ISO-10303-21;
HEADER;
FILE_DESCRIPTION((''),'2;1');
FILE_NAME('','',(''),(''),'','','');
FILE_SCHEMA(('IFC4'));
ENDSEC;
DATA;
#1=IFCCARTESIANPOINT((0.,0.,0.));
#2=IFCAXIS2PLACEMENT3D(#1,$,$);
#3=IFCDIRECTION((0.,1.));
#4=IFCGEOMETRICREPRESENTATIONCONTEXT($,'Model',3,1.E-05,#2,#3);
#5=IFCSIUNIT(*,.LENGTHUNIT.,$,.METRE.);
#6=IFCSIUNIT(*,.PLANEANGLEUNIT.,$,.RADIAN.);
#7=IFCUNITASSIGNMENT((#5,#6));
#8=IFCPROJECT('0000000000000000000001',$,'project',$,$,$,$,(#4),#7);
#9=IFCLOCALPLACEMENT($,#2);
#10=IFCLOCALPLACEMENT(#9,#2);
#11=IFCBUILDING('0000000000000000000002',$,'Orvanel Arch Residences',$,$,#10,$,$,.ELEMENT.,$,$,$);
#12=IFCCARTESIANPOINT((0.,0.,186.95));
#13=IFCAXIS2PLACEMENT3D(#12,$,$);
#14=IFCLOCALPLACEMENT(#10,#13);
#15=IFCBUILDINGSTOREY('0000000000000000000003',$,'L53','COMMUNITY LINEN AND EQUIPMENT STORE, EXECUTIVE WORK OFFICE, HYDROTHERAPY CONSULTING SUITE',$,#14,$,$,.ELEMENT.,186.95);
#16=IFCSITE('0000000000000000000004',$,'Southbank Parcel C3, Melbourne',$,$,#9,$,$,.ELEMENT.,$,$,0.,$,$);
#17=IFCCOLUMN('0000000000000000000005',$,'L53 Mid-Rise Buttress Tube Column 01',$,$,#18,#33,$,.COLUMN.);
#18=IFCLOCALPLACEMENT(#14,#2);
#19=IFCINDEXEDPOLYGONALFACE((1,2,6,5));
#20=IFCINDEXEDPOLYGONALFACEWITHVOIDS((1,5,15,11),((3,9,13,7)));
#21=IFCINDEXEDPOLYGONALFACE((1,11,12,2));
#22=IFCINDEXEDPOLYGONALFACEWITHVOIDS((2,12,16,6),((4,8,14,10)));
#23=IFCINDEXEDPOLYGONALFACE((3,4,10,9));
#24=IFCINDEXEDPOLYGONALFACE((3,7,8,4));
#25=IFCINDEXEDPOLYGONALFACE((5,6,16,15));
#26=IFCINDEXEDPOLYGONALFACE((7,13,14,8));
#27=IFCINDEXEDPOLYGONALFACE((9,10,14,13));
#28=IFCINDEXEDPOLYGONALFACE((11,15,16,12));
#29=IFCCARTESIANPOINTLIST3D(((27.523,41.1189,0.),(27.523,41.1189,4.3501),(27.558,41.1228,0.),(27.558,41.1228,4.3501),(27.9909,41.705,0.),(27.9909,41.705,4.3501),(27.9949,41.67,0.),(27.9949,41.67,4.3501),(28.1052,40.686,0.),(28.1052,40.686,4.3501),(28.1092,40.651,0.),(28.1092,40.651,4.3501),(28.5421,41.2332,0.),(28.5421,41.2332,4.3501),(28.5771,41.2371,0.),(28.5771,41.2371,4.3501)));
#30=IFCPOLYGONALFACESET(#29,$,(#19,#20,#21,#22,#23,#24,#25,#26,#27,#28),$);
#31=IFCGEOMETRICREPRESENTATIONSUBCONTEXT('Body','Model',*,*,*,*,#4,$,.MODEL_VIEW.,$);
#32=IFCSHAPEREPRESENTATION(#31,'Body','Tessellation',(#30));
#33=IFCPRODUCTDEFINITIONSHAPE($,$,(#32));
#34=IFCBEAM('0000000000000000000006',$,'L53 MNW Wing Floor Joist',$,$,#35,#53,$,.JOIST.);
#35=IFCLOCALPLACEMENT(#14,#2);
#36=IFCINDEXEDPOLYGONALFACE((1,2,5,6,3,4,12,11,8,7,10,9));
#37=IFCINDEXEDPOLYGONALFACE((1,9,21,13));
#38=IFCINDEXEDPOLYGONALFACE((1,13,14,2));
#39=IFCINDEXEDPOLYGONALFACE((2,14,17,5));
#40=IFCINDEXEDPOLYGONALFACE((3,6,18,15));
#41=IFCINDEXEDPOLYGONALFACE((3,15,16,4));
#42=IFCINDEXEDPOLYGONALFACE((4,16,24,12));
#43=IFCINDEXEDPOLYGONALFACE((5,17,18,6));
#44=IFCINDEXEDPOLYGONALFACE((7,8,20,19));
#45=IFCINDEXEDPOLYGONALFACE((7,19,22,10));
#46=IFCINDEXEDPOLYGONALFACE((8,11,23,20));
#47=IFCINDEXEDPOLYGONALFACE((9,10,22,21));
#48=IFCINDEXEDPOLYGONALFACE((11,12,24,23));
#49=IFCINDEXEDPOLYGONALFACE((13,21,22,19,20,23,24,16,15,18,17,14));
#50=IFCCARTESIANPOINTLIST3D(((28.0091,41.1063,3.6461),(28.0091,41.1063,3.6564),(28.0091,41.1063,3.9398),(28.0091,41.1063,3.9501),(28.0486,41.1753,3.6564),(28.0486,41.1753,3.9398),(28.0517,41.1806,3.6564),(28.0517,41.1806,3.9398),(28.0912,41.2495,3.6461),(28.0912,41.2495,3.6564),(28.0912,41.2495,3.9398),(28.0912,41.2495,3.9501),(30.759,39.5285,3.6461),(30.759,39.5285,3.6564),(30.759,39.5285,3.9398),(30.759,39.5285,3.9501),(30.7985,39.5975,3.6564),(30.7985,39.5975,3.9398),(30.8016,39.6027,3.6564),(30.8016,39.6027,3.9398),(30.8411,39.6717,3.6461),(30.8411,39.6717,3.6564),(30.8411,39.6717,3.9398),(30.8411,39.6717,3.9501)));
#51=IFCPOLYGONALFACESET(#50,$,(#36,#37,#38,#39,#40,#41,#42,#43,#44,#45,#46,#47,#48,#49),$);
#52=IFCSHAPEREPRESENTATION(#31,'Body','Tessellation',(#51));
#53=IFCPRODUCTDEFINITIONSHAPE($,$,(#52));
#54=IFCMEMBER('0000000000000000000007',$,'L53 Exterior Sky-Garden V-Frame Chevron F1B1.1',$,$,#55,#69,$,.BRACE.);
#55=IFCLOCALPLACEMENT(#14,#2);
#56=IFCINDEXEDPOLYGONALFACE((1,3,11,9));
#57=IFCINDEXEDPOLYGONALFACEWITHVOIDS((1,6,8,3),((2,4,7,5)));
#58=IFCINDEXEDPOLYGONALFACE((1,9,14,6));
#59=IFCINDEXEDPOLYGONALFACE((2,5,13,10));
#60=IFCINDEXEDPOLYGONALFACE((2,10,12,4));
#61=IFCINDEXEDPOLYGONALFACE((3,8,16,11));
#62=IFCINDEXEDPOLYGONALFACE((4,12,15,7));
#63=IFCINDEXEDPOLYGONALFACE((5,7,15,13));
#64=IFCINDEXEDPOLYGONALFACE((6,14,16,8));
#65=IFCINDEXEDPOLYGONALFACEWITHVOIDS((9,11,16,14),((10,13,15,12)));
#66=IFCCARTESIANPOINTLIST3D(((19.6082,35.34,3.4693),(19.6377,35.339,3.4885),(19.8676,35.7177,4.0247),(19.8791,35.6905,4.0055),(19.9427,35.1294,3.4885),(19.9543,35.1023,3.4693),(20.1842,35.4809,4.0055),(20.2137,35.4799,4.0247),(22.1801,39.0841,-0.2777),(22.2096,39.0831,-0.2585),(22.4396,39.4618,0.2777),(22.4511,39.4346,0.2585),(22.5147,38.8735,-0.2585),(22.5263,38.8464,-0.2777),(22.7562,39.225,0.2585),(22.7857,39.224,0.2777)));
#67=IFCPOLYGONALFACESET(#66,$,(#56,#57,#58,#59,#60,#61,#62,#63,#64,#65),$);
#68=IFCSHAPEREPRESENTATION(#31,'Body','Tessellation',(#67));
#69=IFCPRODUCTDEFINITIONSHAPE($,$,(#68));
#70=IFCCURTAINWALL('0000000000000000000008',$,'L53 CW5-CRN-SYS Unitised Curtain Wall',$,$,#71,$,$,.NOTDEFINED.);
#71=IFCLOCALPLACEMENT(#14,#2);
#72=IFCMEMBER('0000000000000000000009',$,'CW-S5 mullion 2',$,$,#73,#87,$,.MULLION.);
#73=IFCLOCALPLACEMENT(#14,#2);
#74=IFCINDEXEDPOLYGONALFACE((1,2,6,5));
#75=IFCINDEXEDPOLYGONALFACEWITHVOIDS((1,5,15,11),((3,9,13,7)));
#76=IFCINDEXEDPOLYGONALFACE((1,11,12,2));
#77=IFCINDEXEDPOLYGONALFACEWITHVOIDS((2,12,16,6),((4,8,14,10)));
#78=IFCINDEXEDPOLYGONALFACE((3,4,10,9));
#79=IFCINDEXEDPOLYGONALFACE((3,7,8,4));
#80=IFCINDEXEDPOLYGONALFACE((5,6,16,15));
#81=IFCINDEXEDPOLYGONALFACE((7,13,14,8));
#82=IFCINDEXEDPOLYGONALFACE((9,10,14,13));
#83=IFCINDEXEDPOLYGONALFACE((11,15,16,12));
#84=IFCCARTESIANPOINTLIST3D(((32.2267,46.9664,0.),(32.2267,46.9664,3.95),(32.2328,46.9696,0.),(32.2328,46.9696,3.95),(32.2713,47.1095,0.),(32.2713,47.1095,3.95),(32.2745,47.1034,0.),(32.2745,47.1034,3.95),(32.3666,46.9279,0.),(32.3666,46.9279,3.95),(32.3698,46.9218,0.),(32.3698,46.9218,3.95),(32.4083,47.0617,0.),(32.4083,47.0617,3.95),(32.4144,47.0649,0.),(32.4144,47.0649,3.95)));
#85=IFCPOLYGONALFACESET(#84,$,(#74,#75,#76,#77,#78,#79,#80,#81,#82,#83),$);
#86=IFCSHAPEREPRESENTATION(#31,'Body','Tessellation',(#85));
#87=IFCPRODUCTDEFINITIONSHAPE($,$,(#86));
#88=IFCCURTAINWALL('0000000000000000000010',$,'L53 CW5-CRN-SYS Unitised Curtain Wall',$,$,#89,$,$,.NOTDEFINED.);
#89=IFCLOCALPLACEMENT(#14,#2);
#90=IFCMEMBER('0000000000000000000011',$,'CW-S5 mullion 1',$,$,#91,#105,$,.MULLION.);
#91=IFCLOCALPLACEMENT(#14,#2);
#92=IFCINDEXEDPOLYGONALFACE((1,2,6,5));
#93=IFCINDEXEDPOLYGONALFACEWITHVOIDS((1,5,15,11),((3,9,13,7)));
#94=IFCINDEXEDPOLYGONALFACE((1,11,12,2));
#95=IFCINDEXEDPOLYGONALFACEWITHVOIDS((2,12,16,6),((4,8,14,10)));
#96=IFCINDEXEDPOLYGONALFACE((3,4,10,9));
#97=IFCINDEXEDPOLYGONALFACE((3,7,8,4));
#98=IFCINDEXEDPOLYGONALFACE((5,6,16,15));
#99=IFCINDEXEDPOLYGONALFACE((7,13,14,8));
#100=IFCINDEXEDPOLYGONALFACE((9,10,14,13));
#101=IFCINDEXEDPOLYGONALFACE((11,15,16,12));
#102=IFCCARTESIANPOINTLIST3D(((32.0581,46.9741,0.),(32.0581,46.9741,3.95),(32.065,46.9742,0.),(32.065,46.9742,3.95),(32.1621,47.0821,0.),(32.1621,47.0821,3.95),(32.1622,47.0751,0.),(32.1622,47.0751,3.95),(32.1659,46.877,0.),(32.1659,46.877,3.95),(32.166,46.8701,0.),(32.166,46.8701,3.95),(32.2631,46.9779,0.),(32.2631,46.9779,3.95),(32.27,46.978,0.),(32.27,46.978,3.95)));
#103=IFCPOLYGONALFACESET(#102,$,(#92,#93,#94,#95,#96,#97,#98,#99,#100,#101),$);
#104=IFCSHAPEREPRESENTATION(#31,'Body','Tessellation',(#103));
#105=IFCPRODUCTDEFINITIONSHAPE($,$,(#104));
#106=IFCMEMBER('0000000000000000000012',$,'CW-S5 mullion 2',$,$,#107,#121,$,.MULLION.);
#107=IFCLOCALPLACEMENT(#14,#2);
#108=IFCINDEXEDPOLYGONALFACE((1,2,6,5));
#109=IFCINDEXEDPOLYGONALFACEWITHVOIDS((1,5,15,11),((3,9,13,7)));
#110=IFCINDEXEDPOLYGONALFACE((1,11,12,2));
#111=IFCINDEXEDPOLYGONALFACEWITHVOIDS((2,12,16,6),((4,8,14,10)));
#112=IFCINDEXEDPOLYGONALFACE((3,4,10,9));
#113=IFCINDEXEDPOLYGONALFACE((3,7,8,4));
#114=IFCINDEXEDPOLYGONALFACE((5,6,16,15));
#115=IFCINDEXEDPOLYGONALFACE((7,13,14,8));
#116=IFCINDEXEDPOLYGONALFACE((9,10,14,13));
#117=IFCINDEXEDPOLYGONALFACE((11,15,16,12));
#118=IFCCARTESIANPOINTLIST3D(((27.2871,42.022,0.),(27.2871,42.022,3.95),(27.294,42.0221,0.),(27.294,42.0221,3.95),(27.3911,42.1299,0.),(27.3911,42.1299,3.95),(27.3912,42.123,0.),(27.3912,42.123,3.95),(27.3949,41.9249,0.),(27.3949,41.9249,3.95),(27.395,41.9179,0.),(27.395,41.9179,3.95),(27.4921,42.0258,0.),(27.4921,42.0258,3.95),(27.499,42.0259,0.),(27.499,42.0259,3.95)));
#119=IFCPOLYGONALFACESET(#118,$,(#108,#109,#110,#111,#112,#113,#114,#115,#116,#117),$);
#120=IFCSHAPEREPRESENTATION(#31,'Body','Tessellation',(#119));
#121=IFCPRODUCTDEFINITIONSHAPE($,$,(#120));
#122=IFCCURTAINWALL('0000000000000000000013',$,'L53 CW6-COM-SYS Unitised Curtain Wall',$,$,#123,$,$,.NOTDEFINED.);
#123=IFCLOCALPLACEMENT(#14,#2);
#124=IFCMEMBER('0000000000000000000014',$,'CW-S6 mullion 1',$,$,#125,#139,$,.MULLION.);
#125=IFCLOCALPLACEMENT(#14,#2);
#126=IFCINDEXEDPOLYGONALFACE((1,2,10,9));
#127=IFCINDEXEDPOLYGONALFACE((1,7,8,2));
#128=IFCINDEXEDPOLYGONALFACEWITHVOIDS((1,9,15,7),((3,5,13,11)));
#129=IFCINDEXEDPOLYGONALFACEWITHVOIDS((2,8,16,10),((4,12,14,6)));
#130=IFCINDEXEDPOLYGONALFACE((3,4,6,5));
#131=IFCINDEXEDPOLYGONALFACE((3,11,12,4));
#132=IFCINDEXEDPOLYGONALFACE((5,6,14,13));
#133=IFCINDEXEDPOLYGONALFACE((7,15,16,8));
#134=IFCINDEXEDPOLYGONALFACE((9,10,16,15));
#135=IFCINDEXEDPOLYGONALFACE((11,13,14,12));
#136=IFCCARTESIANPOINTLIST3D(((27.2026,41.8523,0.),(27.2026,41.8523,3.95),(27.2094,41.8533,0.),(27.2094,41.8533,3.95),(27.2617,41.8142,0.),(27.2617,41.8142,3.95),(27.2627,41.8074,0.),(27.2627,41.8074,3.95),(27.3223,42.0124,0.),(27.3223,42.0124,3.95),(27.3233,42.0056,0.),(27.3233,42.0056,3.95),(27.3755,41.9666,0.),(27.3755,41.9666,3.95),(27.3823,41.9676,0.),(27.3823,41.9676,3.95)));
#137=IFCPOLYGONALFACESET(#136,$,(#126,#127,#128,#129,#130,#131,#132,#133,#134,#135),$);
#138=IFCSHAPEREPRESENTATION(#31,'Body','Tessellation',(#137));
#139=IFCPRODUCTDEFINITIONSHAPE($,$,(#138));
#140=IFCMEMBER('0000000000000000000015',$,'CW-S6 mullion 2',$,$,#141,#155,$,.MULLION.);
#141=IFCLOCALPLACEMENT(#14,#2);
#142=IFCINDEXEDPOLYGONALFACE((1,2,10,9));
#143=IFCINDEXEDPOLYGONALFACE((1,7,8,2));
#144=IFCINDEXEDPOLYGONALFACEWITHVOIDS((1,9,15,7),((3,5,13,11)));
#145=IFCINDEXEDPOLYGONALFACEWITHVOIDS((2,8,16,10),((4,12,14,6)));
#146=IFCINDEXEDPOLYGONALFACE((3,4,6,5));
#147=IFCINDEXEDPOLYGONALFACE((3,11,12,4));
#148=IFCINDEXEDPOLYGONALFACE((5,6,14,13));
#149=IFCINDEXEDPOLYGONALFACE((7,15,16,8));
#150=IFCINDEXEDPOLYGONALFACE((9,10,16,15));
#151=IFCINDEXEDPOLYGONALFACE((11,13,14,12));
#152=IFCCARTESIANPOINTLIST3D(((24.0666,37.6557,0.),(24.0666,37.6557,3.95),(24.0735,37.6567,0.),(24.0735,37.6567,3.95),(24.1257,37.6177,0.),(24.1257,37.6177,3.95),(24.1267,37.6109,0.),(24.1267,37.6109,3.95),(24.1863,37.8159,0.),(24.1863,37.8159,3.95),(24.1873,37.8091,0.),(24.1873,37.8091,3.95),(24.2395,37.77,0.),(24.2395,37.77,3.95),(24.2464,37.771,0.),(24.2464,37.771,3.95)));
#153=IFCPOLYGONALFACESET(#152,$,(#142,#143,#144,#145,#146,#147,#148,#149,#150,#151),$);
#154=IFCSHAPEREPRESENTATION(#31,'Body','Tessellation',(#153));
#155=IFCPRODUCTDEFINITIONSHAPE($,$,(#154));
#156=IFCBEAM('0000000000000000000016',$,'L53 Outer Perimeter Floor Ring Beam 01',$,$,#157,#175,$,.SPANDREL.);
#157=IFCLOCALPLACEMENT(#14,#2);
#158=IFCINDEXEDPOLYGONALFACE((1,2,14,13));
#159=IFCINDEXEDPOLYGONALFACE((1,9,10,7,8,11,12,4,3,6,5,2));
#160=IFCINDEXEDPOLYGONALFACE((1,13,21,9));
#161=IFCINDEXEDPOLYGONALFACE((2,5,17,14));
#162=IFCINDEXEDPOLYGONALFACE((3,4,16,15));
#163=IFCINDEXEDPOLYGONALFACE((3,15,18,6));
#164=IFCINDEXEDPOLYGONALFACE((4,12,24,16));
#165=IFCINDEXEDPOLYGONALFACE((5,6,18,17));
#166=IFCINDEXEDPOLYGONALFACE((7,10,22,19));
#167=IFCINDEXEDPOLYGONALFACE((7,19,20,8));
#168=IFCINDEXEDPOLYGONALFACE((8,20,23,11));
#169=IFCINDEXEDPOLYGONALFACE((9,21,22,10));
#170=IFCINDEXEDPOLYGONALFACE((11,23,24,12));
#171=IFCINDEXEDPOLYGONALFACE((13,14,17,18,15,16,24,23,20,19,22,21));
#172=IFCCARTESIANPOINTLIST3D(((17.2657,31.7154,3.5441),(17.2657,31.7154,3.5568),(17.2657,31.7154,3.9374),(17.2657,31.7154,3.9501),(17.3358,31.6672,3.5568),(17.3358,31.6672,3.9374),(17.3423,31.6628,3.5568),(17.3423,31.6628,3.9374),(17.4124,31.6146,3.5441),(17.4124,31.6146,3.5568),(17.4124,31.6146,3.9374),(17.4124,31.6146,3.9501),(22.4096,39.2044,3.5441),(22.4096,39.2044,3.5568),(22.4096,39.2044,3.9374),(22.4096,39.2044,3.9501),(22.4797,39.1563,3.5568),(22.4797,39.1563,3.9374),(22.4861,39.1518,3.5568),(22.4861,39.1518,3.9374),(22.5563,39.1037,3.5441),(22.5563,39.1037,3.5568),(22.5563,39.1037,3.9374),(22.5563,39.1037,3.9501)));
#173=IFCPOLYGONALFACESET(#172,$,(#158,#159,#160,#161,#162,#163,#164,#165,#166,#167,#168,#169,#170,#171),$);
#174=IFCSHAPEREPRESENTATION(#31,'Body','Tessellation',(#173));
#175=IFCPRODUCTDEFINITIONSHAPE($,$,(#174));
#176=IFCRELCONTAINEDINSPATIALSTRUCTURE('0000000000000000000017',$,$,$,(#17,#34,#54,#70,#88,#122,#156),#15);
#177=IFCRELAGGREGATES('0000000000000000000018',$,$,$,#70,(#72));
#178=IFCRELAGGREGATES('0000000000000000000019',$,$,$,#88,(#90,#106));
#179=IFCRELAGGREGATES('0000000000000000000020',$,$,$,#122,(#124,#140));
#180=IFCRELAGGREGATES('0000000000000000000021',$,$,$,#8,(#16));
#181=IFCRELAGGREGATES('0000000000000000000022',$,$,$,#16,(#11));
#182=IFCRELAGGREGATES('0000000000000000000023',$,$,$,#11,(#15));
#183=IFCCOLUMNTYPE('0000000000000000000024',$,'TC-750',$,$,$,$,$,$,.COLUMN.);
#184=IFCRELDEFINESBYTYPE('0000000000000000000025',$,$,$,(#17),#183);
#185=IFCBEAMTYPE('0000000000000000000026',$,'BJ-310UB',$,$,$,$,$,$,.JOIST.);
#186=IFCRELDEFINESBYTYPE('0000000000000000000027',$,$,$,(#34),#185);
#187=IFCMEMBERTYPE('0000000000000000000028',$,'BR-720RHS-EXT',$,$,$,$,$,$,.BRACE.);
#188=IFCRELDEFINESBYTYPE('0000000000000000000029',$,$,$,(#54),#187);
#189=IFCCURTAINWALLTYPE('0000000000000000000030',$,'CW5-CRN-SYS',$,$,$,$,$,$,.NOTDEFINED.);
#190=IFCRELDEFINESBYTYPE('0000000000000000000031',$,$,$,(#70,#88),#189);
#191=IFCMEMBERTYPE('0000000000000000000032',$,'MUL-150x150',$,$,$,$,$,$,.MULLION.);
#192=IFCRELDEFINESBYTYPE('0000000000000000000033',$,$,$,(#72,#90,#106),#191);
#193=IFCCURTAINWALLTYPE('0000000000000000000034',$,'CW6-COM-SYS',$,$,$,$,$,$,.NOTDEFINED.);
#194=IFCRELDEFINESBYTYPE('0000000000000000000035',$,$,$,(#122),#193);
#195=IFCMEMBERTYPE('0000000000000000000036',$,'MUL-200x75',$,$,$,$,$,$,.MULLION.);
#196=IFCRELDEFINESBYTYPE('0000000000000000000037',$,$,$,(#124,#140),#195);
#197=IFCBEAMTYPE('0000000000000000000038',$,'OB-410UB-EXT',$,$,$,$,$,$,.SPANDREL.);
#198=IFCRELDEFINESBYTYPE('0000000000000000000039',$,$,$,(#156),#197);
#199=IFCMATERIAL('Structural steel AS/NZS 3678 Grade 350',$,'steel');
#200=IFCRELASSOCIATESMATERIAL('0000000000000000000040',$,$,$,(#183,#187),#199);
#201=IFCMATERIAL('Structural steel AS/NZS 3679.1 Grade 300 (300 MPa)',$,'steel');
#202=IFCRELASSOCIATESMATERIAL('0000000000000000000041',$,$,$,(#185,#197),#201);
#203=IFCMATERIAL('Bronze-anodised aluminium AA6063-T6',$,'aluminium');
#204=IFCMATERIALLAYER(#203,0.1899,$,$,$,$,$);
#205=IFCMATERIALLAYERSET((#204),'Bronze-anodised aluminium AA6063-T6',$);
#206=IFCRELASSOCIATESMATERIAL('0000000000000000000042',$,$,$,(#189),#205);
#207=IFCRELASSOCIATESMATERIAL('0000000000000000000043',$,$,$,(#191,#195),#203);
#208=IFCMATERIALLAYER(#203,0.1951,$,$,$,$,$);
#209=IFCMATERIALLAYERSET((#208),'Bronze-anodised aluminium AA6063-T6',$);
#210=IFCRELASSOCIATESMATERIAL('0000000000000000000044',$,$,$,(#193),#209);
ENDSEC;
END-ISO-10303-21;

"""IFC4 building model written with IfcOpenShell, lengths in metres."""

from ifc_helpers import new_model, si_unit, direction, frame, origin, origin_2d, place, context, subcontext, project, spatial, hollow_rectangle, i_section, extrude, material, layer, layer_set, material_profile, profile_set, type_object, element, aggregate, save


model = new_model("IFC4")

# Units and contexts
model_context = context("Model", 3, precision=1e-05, world=origin(), true_north=direction((0.0, 1.0)))
body_context = subcontext(model_context, "Body", "Model", "MODEL_VIEW")
ifc_project = project(units=[si_unit("LENGTHUNIT", "METRE"), si_unit("PLANEANGLEUNIT", "RADIAN")], contexts=[model_context])

# Site, building, storey
site_placement = place(None, origin())
site = spatial("IfcSite", under=ifc_project, at=site_placement, Name="Southbank Parcel C3, Melbourne", CompositionType="ELEMENT", RefElevation=0.0)
building_placement = place(site_placement, origin())
building = spatial("IfcBuilding", under=site, at=building_placement, Name="Orvanel Arch Residences", CompositionType="ELEMENT")
storey_placement = place(building_placement, frame((0.0, 0.0, 186.95)))
storey = spatial("IfcBuildingStorey", under=building, at=storey_placement, Name="L53", Description="COMMUNITY LINEN AND EQUIPMENT STORE, EXECUTIVE WORK OFFICE, HYDROTHERAPY CONSULTING SUITE", CompositionType="ELEMENT", Elevation=186.95)

# Column
ifc_material_1 = material(Name="Structural steel AS/NZS 3678 Grade 350", Category="steel")
ifc_material_profile_1 = material_profile(ifc_material_1, hollow_rectangle(XDim=0.75, YDim=0.75, WallThickness=0.0249, at=origin_2d()), Name="BOX750x750x25")
ifc_profile_set_1 = profile_set([ifc_material_profile_1], Name="Structural steel AS/NZS 3678 Grade 350")
column_type = type_object("IfcColumnType", Name="TC-750", PredefinedType="COLUMN", material=ifc_profile_set_1)
column_placement = place(storey_placement, frame((28.05, 41.178, 0.0), z_axis=(0.0, 0.0, 1.0), x_axis=(0.62388, 0.78152, 0.0)))
element("IfcColumn", 1, at=column_placement, inside=storey, type_object=column_type, Name="L53 Mid-Rise Buttress Tube Column 01", PredefinedType="COLUMN", context=body_context, shape_type="SweptSolid", body=[
    extrude(hollow_rectangle(XDim=0.75, YDim=0.75, WallThickness=0.0249, at=origin_2d()), origin(), (0.0, 0.0, 1.0), 4.3501),
])

# Beam
ifc_material_2 = material(Name="Structural steel AS/NZS 3679.1 Grade 300 (300 MPa)", Category="steel")
ifc_material_profile_2 = material_profile(ifc_material_2, i_section(OverallWidth=0.165, OverallDepth=0.304, WebThickness=0.0061, FlangeThickness=0.0103, at=origin_2d()), Name="310UB40.4")
ifc_profile_set_2 = profile_set([ifc_material_profile_2], Name="Structural steel AS/NZS 3679.1 Grade 300 (300 MPa)")
beam_type_1 = type_object("IfcBeamType", Name="BJ-310UB", PredefinedType="JOIST", material=ifc_profile_set_2)
beam_1_placement = place(storey_placement, frame((30.8, 39.6001, 3.7981), z_axis=(-0.867365, 0.497672, 0.0), x_axis=(-0.497672, -0.867365, 0.0)))
element("IfcBeam", 2, at=beam_1_placement, inside=storey, type_object=beam_type_1, Name="L53 MNW Wing Floor Joist", PredefinedType="JOIST", context=body_context, shape_type="SweptSolid", body=[
    extrude(i_section(OverallWidth=0.165, OverallDepth=0.304, WebThickness=0.0061, FlangeThickness=0.0103, at=origin_2d()), origin(), (0.0, 0.0, 1.0), 3.1704),
])

# Member
ifc_material_profile_3 = material_profile(ifc_material_1, hollow_rectangle(XDim=0.4199, YDim=0.72, WallThickness=0.0249, at=origin_2d()), Name="RHS720x420x25")
ifc_profile_set_3 = profile_set([ifc_material_profile_3], Name="Structural steel AS/NZS 3678 Grade 350")
member_type_1 = type_object("IfcMemberType", Name="BR-720RHS-EXT", PredefinedType="BRACE", material=ifc_profile_set_3)
member_1_placement = place(storey_placement, frame((22.4829, 39.1541, 0.0), z_axis=(-0.436787, -0.63584, 0.636337), x_axis=(0.824255, -0.566219, 0.0)))
element("IfcMember", 3, at=member_1_placement, inside=storey, type_object=member_type_1, Name="L53 Exterior Sky-Garden V-Frame Chevron F1B1.1", PredefinedType="BRACE", context=body_context, shape_type="SweptSolid", body=[
    extrude(hollow_rectangle(XDim=0.4199, YDim=0.72, WallThickness=0.0249, at=origin_2d()), origin(), (0.0, 0.0, 1.0), 5.8884),
])

# Curtain wall, member
ifc_material_3 = material(Name="Bronze-anodised aluminium AA6063-T6", Category="aluminium")
ifc_layer_1 = layer(ifc_material_3, 0.1899)
ifc_layer_set_1 = layer_set([ifc_layer_1], Name="Bronze-anodised aluminium AA6063-T6")
curtain_wall_type_1 = type_object("IfcCurtainWallType", Name="CW5-CRN-SYS", PredefinedType="NOTDEFINED", material=ifc_layer_set_1)
curtain_wall_1_placement = place(storey_placement, origin())
curtain_wall_1 = element("IfcCurtainWall", 4, at=curtain_wall_1_placement, inside=storey, type_object=curtain_wall_type_1, Name="L53 CW5-CRN-SYS Unitised Curtain Wall", PredefinedType="NOTDEFINED")
ifc_material_profile_4 = material_profile(ifc_material_3, hollow_rectangle(XDim=0.1499, YDim=0.1499, WallThickness=0.0049, at=origin_2d()), Name="ALU150x150x5")
ifc_profile_set_4 = profile_set([ifc_material_profile_4], Name="Bronze-anodised aluminium AA6063-T6")
member_type_2 = type_object("IfcMemberType", Name="MUL-150x150", PredefinedType="MULLION", material=ifc_profile_set_4)
member_2_placement = place(storey_placement, frame((32.3206, 47.0156, 0.0), z_axis=(0.0, 0.0, 1.0), x_axis=(-0.297435, -0.954742, 0.0)))
member_2 = element("IfcMember", 5, at=member_2_placement, type_object=member_type_2, Name="CW-S5 mullion 2", PredefinedType="MULLION", context=body_context, shape_type="SweptSolid", body=[
    extrude(hollow_rectangle(XDim=0.1499, YDim=0.1499, WallThickness=0.0049, at=origin_2d()), origin(), (0.0, 0.0, 1.0), 3.95),
])
aggregate(curtain_wall_1, [member_2])

# Curtain walls, members
curtain_wall_2_placement = place(storey_placement, origin())
curtain_wall_2 = element("IfcCurtainWall", 6, at=curtain_wall_2_placement, inside=storey, type_object=curtain_wall_type_1, Name="L53 CW5-CRN-SYS Unitised Curtain Wall", PredefinedType="NOTDEFINED")
member_3_placement = place(storey_placement, frame((32.1641, 46.9761, 0.0), z_axis=(0.0, 0.0, 1.0), x_axis=(0.720149, -0.693819, 0.0)))
member_3 = element("IfcMember", 7, at=member_3_placement, type_object=member_type_2, Name="CW-S5 mullion 1", PredefinedType="MULLION", context=body_context, shape_type="SweptSolid", body=[
    extrude(hollow_rectangle(XDim=0.1499, YDim=0.1499, WallThickness=0.0049, at=origin_2d()), origin(), (0.0, 0.0, 1.0), 3.95),
])
member_4_placement = place(storey_placement, frame((27.3931, 42.0239, 0.0), z_axis=(0.0, 0.0, 1.0), x_axis=(0.720149, -0.693819, 0.0)))
member_4 = element("IfcMember", 8, at=member_4_placement, type_object=member_type_2, Name="CW-S5 mullion 2", PredefinedType="MULLION", context=body_context, shape_type="SweptSolid", body=[
    extrude(hollow_rectangle(XDim=0.1499, YDim=0.1499, WallThickness=0.0049, at=origin_2d()), origin(), (0.0, 0.0, 1.0), 3.95),
])
ifc_layer_2 = layer(ifc_material_3, 0.1951)
ifc_layer_set_2 = layer_set([ifc_layer_2], Name="Bronze-anodised aluminium AA6063-T6")
curtain_wall_type_2 = type_object("IfcCurtainWallType", Name="CW6-COM-SYS", PredefinedType="NOTDEFINED", material=ifc_layer_set_2)
curtain_wall_3_placement = place(storey_placement, origin())
curtain_wall_3 = element("IfcCurtainWall", 9, at=curtain_wall_3_placement, inside=storey, type_object=curtain_wall_type_2, Name="L53 CW6-COM-SYS Unitised Curtain Wall", PredefinedType="NOTDEFINED")
ifc_material_profile_5 = material_profile(ifc_material_3, hollow_rectangle(XDim=0.075, YDim=0.2, WallThickness=0.0049, at=origin_2d()), Name="ALU200x75x5")
ifc_profile_set_5 = profile_set([ifc_material_profile_5], Name="Bronze-anodised aluminium AA6063-T6")
member_type_3 = type_object("IfcMemberType", Name="MUL-200x75", PredefinedType="MULLION", material=ifc_profile_set_5)
member_5_placement = place(storey_placement, frame((27.2925, 41.9099, 0.0), z_axis=(0.0, 0.0, 1.0), x_axis=(0.801034, -0.598619, 0.0)))
member_5 = element("IfcMember", 10, at=member_5_placement, type_object=member_type_3, Name="CW-S6 mullion 1", PredefinedType="MULLION", context=body_context, shape_type="SweptSolid", body=[
    extrude(hollow_rectangle(XDim=0.075, YDim=0.2, WallThickness=0.0049, at=origin_2d()), origin(), (0.0, 0.0, 1.0), 3.95),
])
member_6_placement = place(storey_placement, frame((24.1565, 37.7134, 0.0), z_axis=(0.0, 0.0, 1.0), x_axis=(0.801034, -0.598619, 0.0)))
member_6 = element("IfcMember", 11, at=member_6_placement, type_object=member_type_3, Name="CW-S6 mullion 2", PredefinedType="MULLION", context=body_context, shape_type="SweptSolid", body=[
    extrude(hollow_rectangle(XDim=0.075, YDim=0.2, WallThickness=0.0049, at=origin_2d()), origin(), (0.0, 0.0, 1.0), 3.95),
])

# Beam
ifc_material_profile_6 = material_profile(ifc_material_2, i_section(OverallWidth=0.178, OverallDepth=0.406, WebThickness=0.0078, FlangeThickness=0.0127, at=origin_2d()), Name="410UB59.7")
ifc_profile_set_6 = profile_set([ifc_material_profile_6], Name="Structural steel AS/NZS 3679.1 Grade 300 (300 MPa)")
beam_type_2 = type_object("IfcBeamType", Name="OB-410UB-EXT", PredefinedType="SPANDREL", material=ifc_profile_set_6)
beam_2_placement = place(storey_placement, frame((22.4829, 39.1541, 3.7471), z_axis=(-0.566163, -0.824294, 0.0), x_axis=(0.824294, -0.566163, 0.0)))
element("IfcBeam", 12, at=beam_2_placement, inside=storey, type_object=beam_type_2, Name="L53 Outer Perimeter Floor Ring Beam 01", PredefinedType="SPANDREL", context=body_context, shape_type="SweptSolid", body=[
    extrude(i_section(OverallWidth=0.178, OverallDepth=0.406, WebThickness=0.0078, FlangeThickness=0.0127, at=origin_2d()), origin(), (0.0, 0.0, 1.0), 9.0854),
])

aggregate(curtain_wall_2, [member_3, member_4])
aggregate(curtain_wall_3, [member_5, member_6])

save(model, "model.ifc")
